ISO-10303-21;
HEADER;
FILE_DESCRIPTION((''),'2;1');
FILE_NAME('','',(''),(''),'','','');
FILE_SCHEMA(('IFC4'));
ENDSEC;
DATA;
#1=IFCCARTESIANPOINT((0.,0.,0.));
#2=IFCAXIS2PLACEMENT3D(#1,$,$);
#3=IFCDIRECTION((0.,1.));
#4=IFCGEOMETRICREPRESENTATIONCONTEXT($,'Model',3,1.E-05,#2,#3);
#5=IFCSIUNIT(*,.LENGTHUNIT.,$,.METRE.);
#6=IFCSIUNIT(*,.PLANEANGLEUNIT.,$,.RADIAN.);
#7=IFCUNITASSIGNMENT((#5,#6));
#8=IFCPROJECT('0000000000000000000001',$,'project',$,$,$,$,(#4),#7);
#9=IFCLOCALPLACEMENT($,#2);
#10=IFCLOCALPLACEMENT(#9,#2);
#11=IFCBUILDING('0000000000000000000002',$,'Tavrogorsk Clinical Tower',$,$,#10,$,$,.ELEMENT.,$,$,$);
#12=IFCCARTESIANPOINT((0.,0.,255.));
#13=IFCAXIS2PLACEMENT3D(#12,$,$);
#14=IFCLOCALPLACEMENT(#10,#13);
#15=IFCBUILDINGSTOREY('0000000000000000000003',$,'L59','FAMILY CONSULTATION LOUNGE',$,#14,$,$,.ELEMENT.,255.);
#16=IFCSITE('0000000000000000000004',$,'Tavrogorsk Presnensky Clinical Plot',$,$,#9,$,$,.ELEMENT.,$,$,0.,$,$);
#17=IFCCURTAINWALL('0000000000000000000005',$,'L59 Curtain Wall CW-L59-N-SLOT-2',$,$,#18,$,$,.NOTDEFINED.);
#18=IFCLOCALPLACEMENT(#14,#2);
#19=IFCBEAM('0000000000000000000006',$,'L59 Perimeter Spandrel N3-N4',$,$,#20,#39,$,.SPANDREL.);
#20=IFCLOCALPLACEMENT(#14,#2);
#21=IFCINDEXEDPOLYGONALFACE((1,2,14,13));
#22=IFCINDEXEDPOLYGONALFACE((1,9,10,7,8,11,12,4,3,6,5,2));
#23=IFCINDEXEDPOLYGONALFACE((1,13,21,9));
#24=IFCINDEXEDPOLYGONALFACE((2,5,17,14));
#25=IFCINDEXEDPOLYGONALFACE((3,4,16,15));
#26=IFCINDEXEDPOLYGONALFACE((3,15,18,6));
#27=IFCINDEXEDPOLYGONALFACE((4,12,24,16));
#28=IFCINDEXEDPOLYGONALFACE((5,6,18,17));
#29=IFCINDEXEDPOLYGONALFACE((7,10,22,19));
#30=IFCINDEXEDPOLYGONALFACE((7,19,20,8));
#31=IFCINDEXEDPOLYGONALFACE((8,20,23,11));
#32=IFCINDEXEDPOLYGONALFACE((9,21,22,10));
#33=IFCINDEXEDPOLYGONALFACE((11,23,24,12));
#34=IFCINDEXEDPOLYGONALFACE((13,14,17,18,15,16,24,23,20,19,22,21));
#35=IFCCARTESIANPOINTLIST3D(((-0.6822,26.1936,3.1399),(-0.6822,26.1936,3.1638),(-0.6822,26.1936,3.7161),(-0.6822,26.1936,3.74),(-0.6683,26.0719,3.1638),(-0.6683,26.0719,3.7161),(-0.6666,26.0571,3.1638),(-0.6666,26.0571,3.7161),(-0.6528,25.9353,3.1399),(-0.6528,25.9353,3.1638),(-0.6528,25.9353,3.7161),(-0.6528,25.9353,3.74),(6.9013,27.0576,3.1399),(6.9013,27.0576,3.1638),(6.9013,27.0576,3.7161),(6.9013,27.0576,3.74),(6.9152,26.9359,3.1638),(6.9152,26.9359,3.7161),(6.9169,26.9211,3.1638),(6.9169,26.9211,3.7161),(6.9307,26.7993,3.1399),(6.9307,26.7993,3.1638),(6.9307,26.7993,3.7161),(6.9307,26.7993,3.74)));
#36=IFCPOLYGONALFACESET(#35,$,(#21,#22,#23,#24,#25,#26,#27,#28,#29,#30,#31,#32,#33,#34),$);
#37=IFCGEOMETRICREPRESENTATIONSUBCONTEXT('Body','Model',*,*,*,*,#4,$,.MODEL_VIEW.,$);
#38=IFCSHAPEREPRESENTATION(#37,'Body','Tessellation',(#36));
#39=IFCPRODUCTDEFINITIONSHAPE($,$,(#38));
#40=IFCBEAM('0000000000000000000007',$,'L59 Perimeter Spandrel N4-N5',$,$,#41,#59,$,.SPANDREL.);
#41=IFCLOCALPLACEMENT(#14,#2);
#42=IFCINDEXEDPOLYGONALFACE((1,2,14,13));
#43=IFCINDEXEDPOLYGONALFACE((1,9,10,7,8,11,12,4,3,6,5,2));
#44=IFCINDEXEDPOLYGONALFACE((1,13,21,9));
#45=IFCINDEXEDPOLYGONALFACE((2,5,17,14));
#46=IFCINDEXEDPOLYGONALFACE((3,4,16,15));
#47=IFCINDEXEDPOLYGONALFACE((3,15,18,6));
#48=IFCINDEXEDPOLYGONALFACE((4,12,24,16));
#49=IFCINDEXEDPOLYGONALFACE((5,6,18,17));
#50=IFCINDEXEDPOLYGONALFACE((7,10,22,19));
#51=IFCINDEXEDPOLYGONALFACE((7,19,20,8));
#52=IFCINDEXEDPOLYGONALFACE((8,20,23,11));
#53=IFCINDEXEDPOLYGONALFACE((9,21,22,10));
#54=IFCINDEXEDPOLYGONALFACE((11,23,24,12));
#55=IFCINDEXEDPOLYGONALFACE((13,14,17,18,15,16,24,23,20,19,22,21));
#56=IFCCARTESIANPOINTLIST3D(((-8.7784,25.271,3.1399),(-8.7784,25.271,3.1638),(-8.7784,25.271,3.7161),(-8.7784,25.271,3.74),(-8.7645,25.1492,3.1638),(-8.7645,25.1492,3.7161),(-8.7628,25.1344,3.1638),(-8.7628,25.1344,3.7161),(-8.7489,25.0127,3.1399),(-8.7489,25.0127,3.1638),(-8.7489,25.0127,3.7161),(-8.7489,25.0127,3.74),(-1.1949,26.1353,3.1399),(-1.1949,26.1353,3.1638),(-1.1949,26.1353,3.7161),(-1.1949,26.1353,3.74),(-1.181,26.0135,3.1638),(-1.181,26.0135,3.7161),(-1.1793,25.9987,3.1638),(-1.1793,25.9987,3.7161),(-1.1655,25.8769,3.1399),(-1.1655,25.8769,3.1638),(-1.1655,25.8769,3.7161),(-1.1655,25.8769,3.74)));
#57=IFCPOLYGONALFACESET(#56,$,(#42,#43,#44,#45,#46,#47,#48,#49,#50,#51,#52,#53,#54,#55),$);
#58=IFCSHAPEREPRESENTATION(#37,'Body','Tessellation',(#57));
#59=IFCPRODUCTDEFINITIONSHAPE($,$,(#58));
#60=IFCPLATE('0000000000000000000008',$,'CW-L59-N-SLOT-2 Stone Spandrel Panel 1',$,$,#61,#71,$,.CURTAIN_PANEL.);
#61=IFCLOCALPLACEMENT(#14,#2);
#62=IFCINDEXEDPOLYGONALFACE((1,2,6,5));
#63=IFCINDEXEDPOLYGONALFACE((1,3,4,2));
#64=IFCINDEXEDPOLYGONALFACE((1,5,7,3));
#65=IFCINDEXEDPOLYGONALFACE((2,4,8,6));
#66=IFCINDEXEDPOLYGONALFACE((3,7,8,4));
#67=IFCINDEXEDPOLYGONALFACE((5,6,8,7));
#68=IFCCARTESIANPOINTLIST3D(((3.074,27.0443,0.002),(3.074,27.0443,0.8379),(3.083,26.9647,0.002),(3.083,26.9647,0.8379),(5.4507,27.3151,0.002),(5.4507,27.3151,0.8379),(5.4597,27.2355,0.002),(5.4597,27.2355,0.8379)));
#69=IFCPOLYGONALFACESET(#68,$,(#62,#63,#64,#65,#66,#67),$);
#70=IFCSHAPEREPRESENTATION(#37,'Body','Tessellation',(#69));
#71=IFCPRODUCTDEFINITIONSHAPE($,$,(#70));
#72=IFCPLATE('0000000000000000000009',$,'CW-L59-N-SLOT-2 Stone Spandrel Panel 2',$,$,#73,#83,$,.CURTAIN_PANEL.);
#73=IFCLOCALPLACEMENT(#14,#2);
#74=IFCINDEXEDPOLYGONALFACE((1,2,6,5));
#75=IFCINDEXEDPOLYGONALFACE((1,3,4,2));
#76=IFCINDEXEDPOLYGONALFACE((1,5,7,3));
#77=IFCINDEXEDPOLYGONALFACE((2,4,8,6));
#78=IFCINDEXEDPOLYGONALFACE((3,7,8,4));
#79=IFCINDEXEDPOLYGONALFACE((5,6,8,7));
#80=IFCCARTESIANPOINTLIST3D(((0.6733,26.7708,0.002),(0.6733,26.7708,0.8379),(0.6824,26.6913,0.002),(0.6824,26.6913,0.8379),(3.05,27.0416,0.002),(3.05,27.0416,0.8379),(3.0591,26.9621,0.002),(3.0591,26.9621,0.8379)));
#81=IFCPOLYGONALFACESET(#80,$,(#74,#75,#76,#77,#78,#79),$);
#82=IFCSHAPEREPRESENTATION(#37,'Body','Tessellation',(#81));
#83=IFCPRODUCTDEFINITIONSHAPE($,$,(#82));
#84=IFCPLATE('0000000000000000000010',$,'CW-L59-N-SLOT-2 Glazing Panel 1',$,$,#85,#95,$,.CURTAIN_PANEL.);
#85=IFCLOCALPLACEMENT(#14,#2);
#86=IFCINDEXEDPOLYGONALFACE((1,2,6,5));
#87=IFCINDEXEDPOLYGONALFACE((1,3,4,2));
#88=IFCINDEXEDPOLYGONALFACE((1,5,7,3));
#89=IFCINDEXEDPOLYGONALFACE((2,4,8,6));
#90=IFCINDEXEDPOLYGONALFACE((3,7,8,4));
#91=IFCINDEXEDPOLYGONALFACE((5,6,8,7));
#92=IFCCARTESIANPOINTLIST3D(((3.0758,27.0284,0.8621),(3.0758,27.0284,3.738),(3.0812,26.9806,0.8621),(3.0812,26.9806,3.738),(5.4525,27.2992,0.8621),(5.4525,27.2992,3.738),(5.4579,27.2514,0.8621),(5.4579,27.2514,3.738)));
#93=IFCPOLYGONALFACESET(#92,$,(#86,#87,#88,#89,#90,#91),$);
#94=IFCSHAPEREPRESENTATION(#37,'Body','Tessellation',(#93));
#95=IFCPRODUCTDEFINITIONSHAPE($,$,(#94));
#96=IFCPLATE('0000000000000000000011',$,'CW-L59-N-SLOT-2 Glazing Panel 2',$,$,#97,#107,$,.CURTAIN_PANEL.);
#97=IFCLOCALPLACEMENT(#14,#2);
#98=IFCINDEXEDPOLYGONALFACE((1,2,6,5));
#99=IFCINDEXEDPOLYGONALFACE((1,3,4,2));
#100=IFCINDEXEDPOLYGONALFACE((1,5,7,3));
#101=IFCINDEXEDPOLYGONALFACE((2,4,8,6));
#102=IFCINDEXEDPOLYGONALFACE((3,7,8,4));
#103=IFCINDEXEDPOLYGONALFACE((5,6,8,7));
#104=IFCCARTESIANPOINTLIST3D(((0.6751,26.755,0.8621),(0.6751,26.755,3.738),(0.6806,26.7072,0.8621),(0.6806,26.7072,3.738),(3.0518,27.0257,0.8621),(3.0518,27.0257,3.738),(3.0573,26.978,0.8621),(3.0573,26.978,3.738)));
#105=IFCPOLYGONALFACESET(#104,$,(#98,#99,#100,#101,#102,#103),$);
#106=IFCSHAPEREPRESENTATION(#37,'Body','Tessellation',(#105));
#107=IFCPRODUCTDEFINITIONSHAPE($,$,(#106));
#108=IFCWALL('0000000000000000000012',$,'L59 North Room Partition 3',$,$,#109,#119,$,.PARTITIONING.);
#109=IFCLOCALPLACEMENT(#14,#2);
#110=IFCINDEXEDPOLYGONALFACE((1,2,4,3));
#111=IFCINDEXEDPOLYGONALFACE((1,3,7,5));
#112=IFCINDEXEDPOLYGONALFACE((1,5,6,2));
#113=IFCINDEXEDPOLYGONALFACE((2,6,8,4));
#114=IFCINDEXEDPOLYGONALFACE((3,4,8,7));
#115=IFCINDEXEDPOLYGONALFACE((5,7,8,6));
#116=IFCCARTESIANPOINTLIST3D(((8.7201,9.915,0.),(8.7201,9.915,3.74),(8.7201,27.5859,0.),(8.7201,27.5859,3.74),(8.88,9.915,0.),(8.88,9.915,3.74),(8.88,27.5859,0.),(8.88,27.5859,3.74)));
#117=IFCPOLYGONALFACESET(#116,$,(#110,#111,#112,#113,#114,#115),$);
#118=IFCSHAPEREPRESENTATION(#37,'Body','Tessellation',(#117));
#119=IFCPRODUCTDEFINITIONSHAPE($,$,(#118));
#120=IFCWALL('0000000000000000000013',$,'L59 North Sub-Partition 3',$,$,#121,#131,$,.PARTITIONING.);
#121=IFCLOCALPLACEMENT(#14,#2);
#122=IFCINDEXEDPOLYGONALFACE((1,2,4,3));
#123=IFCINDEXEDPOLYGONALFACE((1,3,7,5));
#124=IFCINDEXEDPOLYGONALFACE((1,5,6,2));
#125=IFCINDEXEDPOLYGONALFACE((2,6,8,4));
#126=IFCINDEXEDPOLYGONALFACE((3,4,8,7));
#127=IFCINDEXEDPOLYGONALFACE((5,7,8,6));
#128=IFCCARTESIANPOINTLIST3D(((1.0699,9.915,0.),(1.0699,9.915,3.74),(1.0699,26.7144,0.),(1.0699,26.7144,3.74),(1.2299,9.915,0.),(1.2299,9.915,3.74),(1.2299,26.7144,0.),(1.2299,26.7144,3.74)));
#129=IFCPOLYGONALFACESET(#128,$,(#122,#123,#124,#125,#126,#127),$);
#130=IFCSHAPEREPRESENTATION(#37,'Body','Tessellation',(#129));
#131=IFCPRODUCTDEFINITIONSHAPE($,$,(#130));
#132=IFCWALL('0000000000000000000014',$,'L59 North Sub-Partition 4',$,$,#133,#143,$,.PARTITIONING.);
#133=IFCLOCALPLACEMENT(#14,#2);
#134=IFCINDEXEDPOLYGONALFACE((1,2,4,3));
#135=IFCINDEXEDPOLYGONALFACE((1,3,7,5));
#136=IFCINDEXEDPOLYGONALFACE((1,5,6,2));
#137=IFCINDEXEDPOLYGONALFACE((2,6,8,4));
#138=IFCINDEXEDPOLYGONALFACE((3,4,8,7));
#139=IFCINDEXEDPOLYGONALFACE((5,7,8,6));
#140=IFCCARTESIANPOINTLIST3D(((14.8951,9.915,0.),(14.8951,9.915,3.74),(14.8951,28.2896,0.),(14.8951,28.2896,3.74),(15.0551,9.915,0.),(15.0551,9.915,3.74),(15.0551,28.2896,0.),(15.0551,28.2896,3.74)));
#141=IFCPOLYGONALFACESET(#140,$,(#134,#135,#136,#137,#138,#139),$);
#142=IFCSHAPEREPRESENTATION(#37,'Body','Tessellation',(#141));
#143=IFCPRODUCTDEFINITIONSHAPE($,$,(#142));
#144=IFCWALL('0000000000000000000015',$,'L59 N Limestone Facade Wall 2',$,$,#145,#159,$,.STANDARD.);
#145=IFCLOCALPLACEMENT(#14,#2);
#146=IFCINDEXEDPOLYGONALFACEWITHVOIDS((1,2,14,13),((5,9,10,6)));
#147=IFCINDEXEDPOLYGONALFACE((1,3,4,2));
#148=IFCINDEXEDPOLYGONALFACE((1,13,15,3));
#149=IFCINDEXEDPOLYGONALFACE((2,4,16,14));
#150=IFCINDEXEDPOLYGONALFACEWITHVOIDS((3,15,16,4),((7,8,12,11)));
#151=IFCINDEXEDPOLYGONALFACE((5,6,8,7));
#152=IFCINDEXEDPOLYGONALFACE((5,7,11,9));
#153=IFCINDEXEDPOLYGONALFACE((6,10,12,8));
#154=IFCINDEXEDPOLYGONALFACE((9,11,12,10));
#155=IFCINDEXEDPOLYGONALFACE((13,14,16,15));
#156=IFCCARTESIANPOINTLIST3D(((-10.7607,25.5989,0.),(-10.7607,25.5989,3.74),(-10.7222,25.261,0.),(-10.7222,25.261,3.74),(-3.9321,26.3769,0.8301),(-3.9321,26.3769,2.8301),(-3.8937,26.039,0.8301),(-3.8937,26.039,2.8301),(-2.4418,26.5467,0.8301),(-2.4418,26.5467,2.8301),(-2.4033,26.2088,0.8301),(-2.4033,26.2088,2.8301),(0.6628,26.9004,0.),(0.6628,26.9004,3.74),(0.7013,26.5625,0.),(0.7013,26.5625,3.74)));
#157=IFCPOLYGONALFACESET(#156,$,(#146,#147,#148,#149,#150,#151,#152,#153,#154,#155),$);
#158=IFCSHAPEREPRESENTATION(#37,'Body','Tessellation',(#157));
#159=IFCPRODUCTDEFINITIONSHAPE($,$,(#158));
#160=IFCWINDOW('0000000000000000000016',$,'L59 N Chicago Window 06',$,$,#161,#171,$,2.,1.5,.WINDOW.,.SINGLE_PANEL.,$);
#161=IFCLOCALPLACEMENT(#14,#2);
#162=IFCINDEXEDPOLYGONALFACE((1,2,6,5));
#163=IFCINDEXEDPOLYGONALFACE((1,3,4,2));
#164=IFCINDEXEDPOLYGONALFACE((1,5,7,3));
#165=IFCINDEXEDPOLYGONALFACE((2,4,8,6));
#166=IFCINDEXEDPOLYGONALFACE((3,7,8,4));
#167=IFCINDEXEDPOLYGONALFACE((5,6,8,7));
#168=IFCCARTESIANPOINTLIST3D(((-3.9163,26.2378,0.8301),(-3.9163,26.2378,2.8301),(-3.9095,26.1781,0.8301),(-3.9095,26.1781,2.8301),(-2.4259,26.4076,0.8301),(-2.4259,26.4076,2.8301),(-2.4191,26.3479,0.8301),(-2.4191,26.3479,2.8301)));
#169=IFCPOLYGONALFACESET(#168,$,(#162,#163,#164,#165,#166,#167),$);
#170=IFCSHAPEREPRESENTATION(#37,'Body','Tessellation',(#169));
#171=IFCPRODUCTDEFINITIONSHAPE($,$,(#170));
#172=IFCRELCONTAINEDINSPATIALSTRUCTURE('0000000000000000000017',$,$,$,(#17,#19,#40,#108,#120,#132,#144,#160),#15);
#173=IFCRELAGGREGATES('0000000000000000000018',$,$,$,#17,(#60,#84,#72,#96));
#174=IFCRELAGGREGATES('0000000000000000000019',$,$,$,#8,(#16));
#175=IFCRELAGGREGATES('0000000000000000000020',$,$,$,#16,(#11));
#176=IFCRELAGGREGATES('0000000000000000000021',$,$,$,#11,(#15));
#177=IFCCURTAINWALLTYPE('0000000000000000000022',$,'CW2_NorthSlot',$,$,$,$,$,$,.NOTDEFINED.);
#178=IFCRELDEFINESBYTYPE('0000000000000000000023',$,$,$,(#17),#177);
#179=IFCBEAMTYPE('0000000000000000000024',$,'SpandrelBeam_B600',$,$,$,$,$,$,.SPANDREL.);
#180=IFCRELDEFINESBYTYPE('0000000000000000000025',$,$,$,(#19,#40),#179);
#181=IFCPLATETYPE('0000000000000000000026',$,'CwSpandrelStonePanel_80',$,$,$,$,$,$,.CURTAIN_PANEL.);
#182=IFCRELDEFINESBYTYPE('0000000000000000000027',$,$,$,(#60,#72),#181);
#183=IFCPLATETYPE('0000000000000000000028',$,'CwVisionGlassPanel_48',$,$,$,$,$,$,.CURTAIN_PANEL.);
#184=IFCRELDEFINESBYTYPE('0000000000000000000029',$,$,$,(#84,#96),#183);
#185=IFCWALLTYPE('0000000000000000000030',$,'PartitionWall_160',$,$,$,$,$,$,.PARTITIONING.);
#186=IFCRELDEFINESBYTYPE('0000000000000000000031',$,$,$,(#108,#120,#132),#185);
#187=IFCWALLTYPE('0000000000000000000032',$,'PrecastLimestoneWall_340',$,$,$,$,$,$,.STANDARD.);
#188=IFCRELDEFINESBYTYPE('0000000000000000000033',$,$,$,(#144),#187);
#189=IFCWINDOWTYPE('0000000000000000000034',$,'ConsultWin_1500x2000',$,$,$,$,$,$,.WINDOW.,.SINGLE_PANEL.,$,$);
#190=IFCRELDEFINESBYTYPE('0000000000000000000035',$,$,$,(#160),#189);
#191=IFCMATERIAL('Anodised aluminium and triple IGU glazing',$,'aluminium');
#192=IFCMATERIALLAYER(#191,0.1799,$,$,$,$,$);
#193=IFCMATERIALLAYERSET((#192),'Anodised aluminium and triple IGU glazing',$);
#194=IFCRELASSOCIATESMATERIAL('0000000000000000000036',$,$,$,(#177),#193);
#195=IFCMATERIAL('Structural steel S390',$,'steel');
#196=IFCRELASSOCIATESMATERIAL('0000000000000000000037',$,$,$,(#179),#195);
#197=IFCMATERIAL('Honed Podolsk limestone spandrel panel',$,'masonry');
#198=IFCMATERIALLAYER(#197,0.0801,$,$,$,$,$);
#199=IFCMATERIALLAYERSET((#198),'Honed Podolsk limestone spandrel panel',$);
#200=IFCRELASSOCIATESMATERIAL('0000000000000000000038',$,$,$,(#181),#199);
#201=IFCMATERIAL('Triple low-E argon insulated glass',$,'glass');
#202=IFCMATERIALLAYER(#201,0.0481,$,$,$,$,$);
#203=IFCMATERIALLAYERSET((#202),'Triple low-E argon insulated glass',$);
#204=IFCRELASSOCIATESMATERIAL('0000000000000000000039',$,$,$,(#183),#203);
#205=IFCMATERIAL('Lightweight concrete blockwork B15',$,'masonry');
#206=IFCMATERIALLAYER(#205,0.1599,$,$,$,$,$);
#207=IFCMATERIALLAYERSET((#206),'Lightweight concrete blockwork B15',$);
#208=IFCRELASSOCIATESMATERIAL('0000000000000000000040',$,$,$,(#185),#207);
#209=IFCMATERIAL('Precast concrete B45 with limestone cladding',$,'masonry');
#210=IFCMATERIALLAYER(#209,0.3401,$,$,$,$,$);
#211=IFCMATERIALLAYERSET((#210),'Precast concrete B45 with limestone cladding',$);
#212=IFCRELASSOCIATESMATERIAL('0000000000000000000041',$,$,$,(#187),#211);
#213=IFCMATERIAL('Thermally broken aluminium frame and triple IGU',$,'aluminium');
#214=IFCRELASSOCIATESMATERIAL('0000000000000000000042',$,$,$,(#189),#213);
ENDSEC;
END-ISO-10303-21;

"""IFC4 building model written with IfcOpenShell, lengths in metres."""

from ifc_helpers import new_model, si_unit, direction, frame, frame_2d, origin, origin_2d, place, context, subcontext, project, spatial, rectangle, i_section, extrude, material, layer, layer_set, material_profile, profile_set, type_object, element, fill, aggregate, save


model = new_model("IFC4")

# Units and contexts
model_context = context("Model", 3, precision=1e-05, world=origin(), true_north=direction((0.0, 1.0)))
body_context = subcontext(model_context, "Body", "Model", "MODEL_VIEW")
ifc_project = project(units=[si_unit("LENGTHUNIT", "METRE"), si_unit("PLANEANGLEUNIT", "RADIAN")], contexts=[model_context])

# Site, building, storey
site_placement = place(None, origin())
site = spatial("IfcSite", under=ifc_project, at=site_placement, Name="Tavrogorsk Presnensky Clinical Plot", CompositionType="ELEMENT", RefElevation=0.0)
building_placement = place(site_placement, origin())
building = spatial("IfcBuilding", under=site, at=building_placement, Name="Tavrogorsk Clinical Tower", CompositionType="ELEMENT")
storey_placement = place(building_placement, frame((0.0, 0.0, 255.0)))
storey = spatial("IfcBuildingStorey", under=building, at=storey_placement, Name="L59", Description="FAMILY CONSULTATION LOUNGE", CompositionType="ELEMENT", Elevation=255.0)

# Curtain wall
ifc_material_1 = material(Name="Anodised aluminium and triple IGU glazing", Category="aluminium")
ifc_layer_1 = layer(ifc_material_1, 0.1799)
ifc_layer_set_1 = layer_set([ifc_layer_1], Name="Anodised aluminium and triple IGU glazing")
curtain_wall_type = type_object("IfcCurtainWallType", Name="CW2_NorthSlot", PredefinedType="NOTDEFINED", material=ifc_layer_set_1)
curtain_wall_placement = place(storey_placement, origin())
curtain_wall = element("IfcCurtainWall", 1, at=curtain_wall_placement, inside=storey, type_object=curtain_wall_type, Name="L59 Curtain Wall CW-L59-N-SLOT-2", PredefinedType="NOTDEFINED")

# Beams
ifc_material_2 = material(Name="Structural steel S390", Category="steel")
ifc_material_profile_1 = material_profile(ifc_material_2, i_section(OverallWidth=0.26, OverallDepth=0.6001, WebThickness=0.0149, FlangeThickness=0.0239, at=origin_2d()), Name="B-600x260x15x24")
ifc_profile_set_1 = profile_set([ifc_material_profile_1], Name="Structural steel S390")
beam_type = type_object("IfcBeamType", Name="SpandrelBeam_B600", PredefinedType="SPANDREL", material=ifc_profile_set_1)
for number, where, z_axis, x_axis, name in (
    (2, (6.916, 26.9285, 3.4399), (-0.993572, -0.113201, 0.0), (0.113201, -0.993572, 0.0), "L59 Perimeter Spandrel N3-N4"),
    (3, (-1.1802, 26.0061, 3.4399), (-0.993569, -0.113233, 0.0), (0.113233, -0.993569, 0.0), "L59 Perimeter Spandrel N4-N5"),
):
    element("IfcBeam", number, at=place(storey_placement, frame(where, z_axis=z_axis, x_axis=x_axis)), inside=storey, type_object=beam_type, Name=name, PredefinedType="SPANDREL", context=body_context, shape_type="SweptSolid", body=[
        extrude(i_section(OverallWidth=0.26, OverallDepth=0.6001, WebThickness=0.0149, FlangeThickness=0.0239, at=origin_2d()), origin(), (0.0, 0.0, 1.0), 7.6326),
    ])

# Plates
ifc_material_3 = material(Name="Honed Podolsk limestone spandrel panel", Category="masonry")
ifc_layer_2 = layer(ifc_material_3, 0.0801)
ifc_layer_set_2 = layer_set([ifc_layer_2], Name="Honed Podolsk limestone spandrel panel")
plate_type_1 = type_object("IfcPlateType", Name="CwSpandrelStonePanel_80", PredefinedType="CURTAIN_PANEL", material=ifc_layer_set_2)
plate_1_placement = place(storey_placement, frame((4.2668, 27.1399, 0.002), z_axis=(0.0, 0.0, 1.0), x_axis=(-0.993572, -0.113203, 0.0)))
plate_1 = element("IfcPlate", 4, at=plate_1_placement, type_object=plate_type_1, Name="CW-L59-N-SLOT-2 Stone Spandrel Panel 1", PredefinedType="CURTAIN_PANEL", context=body_context, shape_type="SweptSolid", body=[
    extrude(rectangle(XDim=2.3921, YDim=0.0801, at=origin_2d()), origin(), (0.0, 0.0, 1.0), 0.8359),
])
plate_2_placement = place(storey_placement, frame((1.8662, 26.8665, 0.002), z_axis=(0.0, 0.0, 1.0), x_axis=(-0.993572, -0.113203, 0.0)))
plate_2 = element("IfcPlate", 5, at=plate_2_placement, type_object=plate_type_1, Name="CW-L59-N-SLOT-2 Stone Spandrel Panel 2", PredefinedType="CURTAIN_PANEL", context=body_context, shape_type="SweptSolid", body=[
    extrude(rectangle(XDim=2.3921, YDim=0.0801, at=origin_2d()), origin(), (0.0, 0.0, 1.0), 0.8359),
])
ifc_material_4 = material(Name="Triple low-E argon insulated glass", Category="glass")
ifc_layer_3 = layer(ifc_material_4, 0.0481)
ifc_layer_set_3 = layer_set([ifc_layer_3], Name="Triple low-E argon insulated glass")
plate_type_2 = type_object("IfcPlateType", Name="CwVisionGlassPanel_48", PredefinedType="CURTAIN_PANEL", material=ifc_layer_set_3)
plate_3_placement = place(storey_placement, frame((4.2668, 27.1399, 0.8621), z_axis=(0.0, 0.0, 1.0), x_axis=(-0.993572, -0.113203, 0.0)))
plate_3 = element("IfcPlate", 6, at=plate_3_placement, type_object=plate_type_2, Name="CW-L59-N-SLOT-2 Glazing Panel 1", PredefinedType="CURTAIN_PANEL", context=body_context, shape_type="SweptSolid", body=[
    extrude(rectangle(XDim=2.3921, YDim=0.0481, at=origin_2d()), origin(), (0.0, 0.0, 1.0), 2.876),
])
plate_4_placement = place(storey_placement, frame((1.8662, 26.8665, 0.8621), z_axis=(0.0, 0.0, 1.0), x_axis=(-0.993572, -0.113203, 0.0)))
plate_4 = element("IfcPlate", 7, at=plate_4_placement, type_object=plate_type_2, Name="CW-L59-N-SLOT-2 Glazing Panel 2", PredefinedType="CURTAIN_PANEL", context=body_context, shape_type="SweptSolid", body=[
    extrude(rectangle(XDim=2.3921, YDim=0.0481, at=origin_2d()), origin(), (0.0, 0.0, 1.0), 2.876),
])
aggregate(curtain_wall, [plate_1, plate_3, plate_2, plate_4])

# Walls
ifc_material_5 = material(Name="Lightweight concrete blockwork B15", Category="masonry")
ifc_layer_4 = layer(ifc_material_5, 0.1599)
ifc_layer_set_4 = layer_set([ifc_layer_4], Name="Lightweight concrete blockwork B15")
wall_type_1 = type_object("IfcWallType", Name="PartitionWall_160", PredefinedType="PARTITIONING", material=ifc_layer_set_4)
wall_1_placement = place(storey_placement, frame((8.8, 9.915, 0.0), z_axis=(0.0, 0.0, 1.0), x_axis=(0.0, 1.0, 0.0)))
element("IfcWall", 8, at=wall_1_placement, inside=storey, type_object=wall_type_1, Name="L59 North Room Partition 3", PredefinedType="PARTITIONING", context=body_context, shape_type="SweptSolid", body=[
    extrude(rectangle(XDim=17.6709, YDim=0.1599, at=frame_2d((8.8354, 0.0))), origin(), (0.0, 0.0, 1.0), 3.74),
])
wall_2_placement = place(storey_placement, frame((1.1499, 9.915, 0.0), z_axis=(0.0, 0.0, 1.0), x_axis=(0.0, 1.0, 0.0)))
element("IfcWall", 9, at=wall_2_placement, inside=storey, type_object=wall_type_1, Name="L59 North Sub-Partition 3", PredefinedType="PARTITIONING", context=body_context, shape_type="SweptSolid", body=[
    extrude(rectangle(XDim=16.7993, YDim=0.1599, at=frame_2d((8.3997, 0.0))), origin(), (0.0, 0.0, 1.0), 3.74),
])
wall_3_placement = place(storey_placement, frame((14.9751, 9.915, 0.0), z_axis=(0.0, 0.0, 1.0), x_axis=(0.0, 1.0, 0.0)))
element("IfcWall", 10, at=wall_3_placement, inside=storey, type_object=wall_type_1, Name="L59 North Sub-Partition 4", PredefinedType="PARTITIONING", context=body_context, shape_type="SweptSolid", body=[
    extrude(rectangle(XDim=18.3745, YDim=0.1599, at=frame_2d((9.1873, 0.0))), origin(), (0.0, 0.0, 1.0), 3.74),
])

# Wall, opening, window
ifc_material_6 = material(Name="Precast concrete B45 with limestone cladding", Category="masonry")
ifc_layer_5 = layer(ifc_material_6, 0.3401)
ifc_layer_set_5 = layer_set([ifc_layer_5], Name="Precast concrete B45 with limestone cladding")
wall_type_2 = type_object("IfcWallType", Name="PrecastLimestoneWall_340", PredefinedType="STANDARD", material=ifc_layer_set_5)
wall_4_placement = place(storey_placement, frame((0.6819, 26.7314, 0.0), z_axis=(0.0, 0.0, 1.0), x_axis=(-0.993572, -0.113202, 0.0)))
wall_4 = element("IfcWall", 11, at=wall_4_placement, inside=storey, type_object=wall_type_2, Name="L59 N Limestone Facade Wall 2", PredefinedType="STANDARD", context=body_context, shape_type="SweptSolid", body=[
    extrude(rectangle(XDim=11.4973, YDim=0.3401, at=frame_2d((5.7485, 0.0))), origin(), (0.0, 0.0, 1.0), 3.74),
])
opening_placement = place(wall_4_placement, frame((3.1245, 0.0, 0.8301)))
opening = element("IfcOpeningElement", 12, at=opening_placement, cuts=wall_4, PredefinedType="OPENING", context=body_context, shape_type="SweptSolid", body=[
    extrude(rectangle(XDim=1.5, YDim=2.0, at=frame_2d((0.75, 1.0))), frame((0.0, 0.1799, 0.0), z_axis=(0.0, -1.0, 0.0), x_axis=(1.0, 0.0, 0.0)), (0.0, 0.0, 1.0), 0.3601),
])
ifc_material_7 = material(Name="Thermally broken aluminium frame and triple IGU", Category="aluminium")
window_type = type_object("IfcWindowType", Name="ConsultWin_1500x2000", PartitioningType="SINGLE_PANEL", PredefinedType="WINDOW", material=ifc_material_7)
window_placement = place(opening_placement, origin())
window = element("IfcWindow", 13, at=window_placement, inside=storey, type_object=window_type, Name="L59 N Chicago Window 06", OverallHeight=2.0, OverallWidth=1.5, PartitioningType="SINGLE_PANEL", PredefinedType="WINDOW", context=body_context, shape_type="SweptSolid", body=[
    extrude(rectangle(XDim=1.5, YDim=2.0, at=frame_2d((0.75, 1.0))), frame((0.0, 0.03, 0.0), z_axis=(0.0, -1.0, 0.0), x_axis=(1.0, 0.0, 0.0)), (0.0, 0.0, 1.0), 0.0601),
])
fill(opening, window)

save(model, "model.ifc")
